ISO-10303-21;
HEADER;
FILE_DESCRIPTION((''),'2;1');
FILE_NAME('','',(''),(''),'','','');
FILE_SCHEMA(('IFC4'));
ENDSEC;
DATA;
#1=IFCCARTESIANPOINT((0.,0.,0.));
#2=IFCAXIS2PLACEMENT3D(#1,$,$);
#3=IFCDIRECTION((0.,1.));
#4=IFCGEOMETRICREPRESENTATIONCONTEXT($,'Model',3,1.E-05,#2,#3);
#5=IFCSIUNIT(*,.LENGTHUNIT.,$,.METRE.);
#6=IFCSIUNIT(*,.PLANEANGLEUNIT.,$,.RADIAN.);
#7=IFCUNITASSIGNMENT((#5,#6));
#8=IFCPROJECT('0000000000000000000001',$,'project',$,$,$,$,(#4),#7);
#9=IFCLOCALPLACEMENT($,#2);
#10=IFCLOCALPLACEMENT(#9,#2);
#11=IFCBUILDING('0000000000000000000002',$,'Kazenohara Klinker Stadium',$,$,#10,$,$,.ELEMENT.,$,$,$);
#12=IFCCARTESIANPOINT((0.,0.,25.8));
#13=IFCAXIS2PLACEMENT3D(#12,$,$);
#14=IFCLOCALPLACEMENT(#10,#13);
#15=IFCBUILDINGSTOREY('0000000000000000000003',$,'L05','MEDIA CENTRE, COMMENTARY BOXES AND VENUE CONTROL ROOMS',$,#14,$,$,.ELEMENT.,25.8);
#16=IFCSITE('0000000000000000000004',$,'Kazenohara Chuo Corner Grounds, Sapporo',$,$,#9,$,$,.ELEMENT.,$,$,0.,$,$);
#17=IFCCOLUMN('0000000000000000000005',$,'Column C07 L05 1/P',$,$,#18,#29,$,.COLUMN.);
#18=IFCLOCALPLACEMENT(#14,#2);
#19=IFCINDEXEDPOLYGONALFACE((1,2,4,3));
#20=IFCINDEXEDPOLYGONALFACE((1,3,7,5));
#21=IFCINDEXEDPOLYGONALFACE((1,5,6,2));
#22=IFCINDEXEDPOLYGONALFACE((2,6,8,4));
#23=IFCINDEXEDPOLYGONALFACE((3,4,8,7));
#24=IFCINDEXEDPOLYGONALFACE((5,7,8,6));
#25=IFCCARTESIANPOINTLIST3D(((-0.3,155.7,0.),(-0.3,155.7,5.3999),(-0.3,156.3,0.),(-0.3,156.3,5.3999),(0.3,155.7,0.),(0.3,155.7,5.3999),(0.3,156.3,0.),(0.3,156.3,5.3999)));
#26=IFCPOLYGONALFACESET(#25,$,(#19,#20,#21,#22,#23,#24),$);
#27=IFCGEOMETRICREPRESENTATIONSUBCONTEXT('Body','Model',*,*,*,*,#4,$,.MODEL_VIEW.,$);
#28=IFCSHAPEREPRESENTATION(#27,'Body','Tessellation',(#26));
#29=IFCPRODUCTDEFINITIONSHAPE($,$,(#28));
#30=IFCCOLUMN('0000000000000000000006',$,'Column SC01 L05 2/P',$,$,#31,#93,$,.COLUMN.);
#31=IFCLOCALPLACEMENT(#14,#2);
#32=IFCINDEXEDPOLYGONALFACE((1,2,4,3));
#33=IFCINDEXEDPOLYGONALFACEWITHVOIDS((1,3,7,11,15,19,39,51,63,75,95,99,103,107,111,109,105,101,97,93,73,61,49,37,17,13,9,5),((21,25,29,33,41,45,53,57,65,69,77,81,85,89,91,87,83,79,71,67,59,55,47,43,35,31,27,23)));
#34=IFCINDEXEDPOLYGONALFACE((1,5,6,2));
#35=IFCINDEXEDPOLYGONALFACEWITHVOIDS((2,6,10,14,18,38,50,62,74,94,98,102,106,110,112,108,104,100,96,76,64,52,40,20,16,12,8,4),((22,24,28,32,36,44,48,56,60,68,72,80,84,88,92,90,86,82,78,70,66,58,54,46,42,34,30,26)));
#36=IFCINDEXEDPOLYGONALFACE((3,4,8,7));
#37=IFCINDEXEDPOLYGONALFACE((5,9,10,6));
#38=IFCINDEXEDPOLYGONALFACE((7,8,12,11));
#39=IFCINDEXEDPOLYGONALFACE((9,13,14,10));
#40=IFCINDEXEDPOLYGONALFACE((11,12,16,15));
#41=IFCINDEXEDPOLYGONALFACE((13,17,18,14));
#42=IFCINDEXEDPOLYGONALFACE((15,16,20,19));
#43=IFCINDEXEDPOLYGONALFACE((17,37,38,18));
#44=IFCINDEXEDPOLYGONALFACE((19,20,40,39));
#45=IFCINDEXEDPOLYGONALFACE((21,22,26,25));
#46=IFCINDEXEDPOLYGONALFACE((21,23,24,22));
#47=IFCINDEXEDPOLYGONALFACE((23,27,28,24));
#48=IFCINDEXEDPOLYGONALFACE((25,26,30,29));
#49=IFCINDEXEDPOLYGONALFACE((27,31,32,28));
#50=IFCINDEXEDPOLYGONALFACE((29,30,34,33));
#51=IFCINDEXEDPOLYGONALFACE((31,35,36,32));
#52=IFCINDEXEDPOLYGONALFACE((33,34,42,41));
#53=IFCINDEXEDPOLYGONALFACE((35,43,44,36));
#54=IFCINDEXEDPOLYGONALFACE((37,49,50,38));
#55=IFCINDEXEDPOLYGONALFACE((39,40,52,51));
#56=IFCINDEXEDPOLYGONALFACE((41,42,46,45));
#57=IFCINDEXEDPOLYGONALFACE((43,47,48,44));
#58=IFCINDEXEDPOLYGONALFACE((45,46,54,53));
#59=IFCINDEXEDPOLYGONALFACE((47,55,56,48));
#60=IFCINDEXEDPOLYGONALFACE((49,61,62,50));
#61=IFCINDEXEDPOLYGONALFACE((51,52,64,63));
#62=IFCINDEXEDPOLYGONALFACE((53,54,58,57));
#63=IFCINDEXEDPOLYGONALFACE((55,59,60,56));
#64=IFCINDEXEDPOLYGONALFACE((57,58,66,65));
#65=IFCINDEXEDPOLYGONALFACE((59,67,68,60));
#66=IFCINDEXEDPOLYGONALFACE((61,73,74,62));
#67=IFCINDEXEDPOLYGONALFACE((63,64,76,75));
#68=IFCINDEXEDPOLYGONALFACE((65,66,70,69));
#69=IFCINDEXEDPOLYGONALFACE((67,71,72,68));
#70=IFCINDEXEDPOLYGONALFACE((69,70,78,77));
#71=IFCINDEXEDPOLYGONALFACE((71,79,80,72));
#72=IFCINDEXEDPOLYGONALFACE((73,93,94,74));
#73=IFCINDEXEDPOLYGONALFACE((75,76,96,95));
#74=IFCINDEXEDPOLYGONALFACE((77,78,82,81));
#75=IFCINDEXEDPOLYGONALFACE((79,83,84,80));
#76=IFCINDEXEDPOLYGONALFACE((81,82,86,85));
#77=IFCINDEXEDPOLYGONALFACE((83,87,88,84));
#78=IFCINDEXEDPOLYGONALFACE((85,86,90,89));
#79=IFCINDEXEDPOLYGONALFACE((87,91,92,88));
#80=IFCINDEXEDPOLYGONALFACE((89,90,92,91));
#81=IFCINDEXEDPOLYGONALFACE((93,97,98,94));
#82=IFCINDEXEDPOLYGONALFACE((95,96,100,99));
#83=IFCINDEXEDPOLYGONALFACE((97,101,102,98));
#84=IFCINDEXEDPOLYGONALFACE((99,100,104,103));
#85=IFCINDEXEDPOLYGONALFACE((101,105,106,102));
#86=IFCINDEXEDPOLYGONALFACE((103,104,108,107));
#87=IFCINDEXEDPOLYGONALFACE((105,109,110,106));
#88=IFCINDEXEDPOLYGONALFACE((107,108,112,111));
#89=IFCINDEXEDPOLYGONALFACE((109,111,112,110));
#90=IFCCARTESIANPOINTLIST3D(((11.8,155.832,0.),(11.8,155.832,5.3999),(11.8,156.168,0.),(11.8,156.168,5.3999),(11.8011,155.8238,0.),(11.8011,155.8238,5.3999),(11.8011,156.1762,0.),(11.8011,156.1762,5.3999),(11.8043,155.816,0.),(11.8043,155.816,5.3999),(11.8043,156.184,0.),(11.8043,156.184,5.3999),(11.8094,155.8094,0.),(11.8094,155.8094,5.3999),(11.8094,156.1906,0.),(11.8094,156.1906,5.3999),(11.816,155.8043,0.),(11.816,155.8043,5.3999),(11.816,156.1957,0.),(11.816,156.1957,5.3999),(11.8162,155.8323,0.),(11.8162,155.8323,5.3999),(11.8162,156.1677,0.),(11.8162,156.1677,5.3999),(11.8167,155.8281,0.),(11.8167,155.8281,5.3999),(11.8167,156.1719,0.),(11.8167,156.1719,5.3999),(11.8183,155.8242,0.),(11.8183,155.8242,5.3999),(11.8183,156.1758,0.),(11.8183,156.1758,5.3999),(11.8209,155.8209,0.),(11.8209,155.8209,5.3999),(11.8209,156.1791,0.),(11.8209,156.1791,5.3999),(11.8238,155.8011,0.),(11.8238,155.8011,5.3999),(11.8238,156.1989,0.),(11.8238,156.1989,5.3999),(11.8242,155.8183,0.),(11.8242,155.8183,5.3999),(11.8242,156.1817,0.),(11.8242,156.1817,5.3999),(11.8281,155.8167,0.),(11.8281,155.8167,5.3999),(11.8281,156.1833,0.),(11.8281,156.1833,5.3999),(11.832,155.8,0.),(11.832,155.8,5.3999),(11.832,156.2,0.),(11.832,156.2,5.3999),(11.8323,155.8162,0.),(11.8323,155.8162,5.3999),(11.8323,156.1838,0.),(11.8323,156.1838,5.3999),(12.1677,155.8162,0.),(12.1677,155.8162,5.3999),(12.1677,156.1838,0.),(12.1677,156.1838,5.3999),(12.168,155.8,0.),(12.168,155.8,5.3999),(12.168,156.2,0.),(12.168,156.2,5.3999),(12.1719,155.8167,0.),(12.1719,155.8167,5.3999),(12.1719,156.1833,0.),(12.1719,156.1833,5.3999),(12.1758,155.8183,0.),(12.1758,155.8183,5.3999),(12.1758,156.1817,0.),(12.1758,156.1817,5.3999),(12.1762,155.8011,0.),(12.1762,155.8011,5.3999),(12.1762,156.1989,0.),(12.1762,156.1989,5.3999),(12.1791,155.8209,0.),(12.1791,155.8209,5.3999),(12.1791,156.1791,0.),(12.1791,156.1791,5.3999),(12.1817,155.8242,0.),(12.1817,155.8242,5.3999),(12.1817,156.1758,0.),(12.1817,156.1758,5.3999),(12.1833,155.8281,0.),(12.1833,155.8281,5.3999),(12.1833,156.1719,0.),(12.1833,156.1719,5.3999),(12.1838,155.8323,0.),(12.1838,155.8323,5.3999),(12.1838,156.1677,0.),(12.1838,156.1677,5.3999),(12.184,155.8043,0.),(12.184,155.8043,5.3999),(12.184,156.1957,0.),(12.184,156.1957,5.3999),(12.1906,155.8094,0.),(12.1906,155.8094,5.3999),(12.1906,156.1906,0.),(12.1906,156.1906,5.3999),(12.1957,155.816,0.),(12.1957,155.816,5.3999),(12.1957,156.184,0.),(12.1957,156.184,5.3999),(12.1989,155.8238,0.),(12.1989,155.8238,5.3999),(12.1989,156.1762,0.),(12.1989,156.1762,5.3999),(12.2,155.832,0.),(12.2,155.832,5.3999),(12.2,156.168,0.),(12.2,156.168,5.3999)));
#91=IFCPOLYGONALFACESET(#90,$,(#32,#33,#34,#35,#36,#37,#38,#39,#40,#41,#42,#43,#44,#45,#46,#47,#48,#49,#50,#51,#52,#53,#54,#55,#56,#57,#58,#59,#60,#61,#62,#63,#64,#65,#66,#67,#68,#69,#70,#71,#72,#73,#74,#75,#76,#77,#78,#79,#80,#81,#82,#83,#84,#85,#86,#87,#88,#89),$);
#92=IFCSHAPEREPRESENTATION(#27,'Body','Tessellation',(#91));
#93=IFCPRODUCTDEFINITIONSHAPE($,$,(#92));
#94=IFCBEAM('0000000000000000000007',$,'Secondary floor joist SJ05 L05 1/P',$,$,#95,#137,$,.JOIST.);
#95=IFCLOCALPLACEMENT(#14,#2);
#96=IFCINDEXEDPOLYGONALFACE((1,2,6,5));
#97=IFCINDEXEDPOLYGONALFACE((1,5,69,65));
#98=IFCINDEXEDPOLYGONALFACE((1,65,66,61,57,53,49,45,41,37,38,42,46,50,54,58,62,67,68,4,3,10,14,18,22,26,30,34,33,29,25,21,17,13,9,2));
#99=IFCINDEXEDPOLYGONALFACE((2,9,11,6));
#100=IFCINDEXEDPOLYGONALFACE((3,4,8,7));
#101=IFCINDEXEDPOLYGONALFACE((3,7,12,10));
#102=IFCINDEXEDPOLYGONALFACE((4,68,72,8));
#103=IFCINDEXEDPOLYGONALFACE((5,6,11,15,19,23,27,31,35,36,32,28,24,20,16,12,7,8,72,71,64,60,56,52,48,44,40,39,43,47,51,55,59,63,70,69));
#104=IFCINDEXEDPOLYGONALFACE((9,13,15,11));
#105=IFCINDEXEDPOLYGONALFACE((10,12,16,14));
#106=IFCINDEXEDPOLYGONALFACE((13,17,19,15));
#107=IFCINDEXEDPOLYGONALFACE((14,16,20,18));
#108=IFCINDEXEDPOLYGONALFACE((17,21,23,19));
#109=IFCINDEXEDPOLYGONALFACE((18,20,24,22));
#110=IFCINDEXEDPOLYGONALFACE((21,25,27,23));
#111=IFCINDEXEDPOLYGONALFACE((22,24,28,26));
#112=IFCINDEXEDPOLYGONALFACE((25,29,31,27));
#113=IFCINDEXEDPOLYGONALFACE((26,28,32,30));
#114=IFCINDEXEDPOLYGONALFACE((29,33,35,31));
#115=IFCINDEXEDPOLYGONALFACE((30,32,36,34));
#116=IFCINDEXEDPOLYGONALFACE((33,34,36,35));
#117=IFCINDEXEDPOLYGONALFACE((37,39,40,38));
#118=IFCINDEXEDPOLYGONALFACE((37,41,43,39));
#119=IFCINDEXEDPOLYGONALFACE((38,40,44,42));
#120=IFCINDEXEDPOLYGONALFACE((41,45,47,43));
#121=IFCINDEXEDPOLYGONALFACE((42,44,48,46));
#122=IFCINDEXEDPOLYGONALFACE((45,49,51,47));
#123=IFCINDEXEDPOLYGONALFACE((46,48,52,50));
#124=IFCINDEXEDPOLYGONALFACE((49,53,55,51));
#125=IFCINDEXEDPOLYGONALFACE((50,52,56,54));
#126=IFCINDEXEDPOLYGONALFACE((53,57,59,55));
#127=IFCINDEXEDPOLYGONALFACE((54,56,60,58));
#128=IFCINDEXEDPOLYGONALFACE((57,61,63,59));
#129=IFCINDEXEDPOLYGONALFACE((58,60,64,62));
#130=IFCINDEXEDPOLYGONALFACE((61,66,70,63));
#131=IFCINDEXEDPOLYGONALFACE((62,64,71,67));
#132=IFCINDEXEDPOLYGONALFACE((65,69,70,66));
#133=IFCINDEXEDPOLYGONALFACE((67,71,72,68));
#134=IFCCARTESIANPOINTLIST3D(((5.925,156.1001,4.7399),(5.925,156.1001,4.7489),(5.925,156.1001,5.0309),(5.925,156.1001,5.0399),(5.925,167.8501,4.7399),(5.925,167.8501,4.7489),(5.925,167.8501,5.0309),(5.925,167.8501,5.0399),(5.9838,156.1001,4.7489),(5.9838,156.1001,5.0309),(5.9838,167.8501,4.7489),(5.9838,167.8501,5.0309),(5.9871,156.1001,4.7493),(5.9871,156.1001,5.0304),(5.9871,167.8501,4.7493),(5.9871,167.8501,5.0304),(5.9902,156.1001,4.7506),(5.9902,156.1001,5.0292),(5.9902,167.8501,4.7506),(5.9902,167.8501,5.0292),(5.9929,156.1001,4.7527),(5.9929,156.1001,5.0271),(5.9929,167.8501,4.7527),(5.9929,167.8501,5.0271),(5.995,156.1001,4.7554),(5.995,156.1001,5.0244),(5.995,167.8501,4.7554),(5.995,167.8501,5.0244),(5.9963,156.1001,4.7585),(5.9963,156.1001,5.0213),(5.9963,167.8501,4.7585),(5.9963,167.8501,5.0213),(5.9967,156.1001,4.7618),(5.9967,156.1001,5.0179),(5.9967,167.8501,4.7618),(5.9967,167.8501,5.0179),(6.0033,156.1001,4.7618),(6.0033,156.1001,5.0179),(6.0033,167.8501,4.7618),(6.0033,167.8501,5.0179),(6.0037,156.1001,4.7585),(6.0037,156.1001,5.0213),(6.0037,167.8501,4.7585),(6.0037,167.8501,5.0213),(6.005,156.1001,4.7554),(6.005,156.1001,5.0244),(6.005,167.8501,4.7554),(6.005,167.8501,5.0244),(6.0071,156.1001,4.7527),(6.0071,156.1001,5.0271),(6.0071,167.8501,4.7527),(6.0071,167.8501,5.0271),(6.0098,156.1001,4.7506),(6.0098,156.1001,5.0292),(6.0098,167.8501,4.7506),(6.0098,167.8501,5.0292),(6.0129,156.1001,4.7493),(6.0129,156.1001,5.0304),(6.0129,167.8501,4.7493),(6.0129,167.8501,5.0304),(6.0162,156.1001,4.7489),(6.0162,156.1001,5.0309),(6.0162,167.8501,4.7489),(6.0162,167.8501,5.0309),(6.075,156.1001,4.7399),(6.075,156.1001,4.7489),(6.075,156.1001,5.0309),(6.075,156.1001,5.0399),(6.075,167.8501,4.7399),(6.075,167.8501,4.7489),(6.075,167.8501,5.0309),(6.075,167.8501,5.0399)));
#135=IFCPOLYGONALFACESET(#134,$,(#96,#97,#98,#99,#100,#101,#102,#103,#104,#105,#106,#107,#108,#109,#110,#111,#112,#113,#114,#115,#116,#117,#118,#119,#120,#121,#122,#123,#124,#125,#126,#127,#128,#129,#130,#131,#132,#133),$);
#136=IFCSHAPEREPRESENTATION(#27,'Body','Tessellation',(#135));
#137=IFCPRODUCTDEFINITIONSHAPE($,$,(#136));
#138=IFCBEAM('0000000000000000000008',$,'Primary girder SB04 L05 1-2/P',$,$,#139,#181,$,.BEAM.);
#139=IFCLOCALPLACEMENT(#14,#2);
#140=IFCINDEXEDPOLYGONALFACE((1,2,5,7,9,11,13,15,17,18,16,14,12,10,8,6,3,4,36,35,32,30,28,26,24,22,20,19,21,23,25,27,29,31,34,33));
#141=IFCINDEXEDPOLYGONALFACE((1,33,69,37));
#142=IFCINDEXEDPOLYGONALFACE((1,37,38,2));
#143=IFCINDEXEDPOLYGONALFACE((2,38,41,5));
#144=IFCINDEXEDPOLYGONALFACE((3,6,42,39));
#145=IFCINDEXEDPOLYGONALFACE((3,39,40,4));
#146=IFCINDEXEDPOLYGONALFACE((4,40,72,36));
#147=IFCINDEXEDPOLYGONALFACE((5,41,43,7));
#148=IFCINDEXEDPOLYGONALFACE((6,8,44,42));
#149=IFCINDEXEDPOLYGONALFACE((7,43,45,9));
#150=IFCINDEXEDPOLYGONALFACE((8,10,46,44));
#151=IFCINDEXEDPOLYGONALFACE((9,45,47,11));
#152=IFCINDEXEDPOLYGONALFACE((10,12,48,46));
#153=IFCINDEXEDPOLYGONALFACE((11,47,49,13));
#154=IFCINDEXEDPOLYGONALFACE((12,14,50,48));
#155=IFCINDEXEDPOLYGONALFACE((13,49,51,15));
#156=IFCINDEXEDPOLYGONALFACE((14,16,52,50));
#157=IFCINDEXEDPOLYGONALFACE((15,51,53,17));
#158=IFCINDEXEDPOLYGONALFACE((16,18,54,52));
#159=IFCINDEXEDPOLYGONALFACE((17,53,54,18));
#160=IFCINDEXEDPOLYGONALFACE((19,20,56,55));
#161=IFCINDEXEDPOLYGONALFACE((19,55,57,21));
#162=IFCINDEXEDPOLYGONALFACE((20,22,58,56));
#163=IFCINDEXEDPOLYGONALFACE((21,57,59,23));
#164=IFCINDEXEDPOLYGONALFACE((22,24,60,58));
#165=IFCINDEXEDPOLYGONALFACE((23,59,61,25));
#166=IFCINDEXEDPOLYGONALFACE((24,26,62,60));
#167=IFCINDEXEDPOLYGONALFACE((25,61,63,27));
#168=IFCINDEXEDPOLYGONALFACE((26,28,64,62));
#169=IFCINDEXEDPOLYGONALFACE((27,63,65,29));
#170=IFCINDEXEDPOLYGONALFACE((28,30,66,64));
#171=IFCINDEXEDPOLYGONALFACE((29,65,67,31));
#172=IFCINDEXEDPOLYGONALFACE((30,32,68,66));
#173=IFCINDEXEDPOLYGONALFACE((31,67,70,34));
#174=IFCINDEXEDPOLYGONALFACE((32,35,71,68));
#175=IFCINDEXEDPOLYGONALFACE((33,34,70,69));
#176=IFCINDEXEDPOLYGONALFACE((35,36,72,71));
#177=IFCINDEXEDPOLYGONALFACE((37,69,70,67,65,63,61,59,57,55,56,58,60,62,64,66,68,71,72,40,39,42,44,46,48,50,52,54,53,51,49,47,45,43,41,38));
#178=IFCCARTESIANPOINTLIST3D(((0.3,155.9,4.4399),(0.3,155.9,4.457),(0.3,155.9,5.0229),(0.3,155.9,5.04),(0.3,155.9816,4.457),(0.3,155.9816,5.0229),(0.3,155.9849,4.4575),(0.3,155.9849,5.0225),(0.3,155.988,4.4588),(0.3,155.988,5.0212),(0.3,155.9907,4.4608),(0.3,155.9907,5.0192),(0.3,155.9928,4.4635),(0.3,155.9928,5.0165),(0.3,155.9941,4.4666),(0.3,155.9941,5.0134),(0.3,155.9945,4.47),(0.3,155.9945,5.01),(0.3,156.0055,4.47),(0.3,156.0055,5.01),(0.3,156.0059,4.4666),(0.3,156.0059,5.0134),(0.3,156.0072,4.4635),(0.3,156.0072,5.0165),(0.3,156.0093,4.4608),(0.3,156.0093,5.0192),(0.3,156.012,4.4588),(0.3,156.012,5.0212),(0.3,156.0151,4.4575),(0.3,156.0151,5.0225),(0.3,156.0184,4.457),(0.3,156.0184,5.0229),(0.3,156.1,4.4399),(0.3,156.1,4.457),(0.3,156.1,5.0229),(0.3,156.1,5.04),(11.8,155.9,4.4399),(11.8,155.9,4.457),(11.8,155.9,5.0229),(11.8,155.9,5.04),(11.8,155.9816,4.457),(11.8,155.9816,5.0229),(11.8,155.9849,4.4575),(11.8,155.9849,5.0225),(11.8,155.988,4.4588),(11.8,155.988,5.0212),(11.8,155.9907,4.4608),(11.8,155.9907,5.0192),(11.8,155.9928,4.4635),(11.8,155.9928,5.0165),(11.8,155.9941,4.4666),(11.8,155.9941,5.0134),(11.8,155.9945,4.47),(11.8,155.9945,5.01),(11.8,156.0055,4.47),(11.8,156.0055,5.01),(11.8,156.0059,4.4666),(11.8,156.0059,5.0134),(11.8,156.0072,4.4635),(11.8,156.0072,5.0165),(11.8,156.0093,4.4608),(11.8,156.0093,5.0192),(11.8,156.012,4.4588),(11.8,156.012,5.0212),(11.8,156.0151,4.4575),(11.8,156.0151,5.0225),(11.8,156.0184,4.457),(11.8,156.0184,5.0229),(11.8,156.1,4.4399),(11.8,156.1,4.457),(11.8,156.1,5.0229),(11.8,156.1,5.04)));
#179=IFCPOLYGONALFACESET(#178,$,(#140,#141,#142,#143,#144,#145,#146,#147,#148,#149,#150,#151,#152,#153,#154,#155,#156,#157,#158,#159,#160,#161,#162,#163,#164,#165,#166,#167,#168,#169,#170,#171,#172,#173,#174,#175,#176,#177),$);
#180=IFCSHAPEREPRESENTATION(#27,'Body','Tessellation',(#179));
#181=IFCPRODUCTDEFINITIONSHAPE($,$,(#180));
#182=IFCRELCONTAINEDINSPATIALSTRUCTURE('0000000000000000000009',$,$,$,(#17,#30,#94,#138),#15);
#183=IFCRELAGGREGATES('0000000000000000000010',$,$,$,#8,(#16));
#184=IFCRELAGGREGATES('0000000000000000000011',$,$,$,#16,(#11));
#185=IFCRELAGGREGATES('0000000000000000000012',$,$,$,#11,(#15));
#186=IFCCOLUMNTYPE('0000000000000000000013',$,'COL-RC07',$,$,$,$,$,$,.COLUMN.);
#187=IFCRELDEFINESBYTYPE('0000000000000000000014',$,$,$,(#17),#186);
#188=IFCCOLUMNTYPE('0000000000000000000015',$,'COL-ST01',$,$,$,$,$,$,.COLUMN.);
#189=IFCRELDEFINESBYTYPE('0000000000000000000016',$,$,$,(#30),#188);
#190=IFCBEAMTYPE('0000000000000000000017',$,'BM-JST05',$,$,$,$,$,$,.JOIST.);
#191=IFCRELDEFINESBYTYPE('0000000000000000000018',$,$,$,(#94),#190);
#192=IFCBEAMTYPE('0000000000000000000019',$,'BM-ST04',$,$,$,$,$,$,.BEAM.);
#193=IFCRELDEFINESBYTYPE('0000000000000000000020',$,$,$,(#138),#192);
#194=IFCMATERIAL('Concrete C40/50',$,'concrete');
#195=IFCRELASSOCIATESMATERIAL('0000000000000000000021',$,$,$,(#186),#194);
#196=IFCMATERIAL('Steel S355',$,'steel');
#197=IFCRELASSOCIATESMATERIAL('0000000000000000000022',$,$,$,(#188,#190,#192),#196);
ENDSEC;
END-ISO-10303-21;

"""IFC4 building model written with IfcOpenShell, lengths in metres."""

from ifc_helpers import new_model, si_unit, direction, frame, origin, origin_2d, place, context, subcontext, project, spatial, rectangle, hollow_rectangle, i_section, extrude, material, material_profile, profile_set, type_object, element, save


model = new_model("IFC4")

# Units and contexts
model_context = context("Model", 3, precision=1e-05, world=origin(), true_north=direction((0.0, 1.0)))
body_context = subcontext(model_context, "Body", "Model", "MODEL_VIEW")
ifc_project = project(units=[si_unit("LENGTHUNIT", "METRE"), si_unit("PLANEANGLEUNIT", "RADIAN")], contexts=[model_context])

# Site, building, storey
site_placement = place(None, origin())
site = spatial("IfcSite", under=ifc_project, at=site_placement, Name="Kazenohara Chuo Corner Grounds, Sapporo", CompositionType="ELEMENT", RefElevation=0.0)
building_placement = place(site_placement, origin())
building = spatial("IfcBuilding", under=site, at=building_placement, Name="Kazenohara Klinker Stadium", CompositionType="ELEMENT")
storey_placement = place(building_placement, frame((0.0, 0.0, 25.8)))
storey = spatial("IfcBuildingStorey", under=building, at=storey_placement, Name="L05", Description="MEDIA CENTRE, COMMENTARY BOXES AND VENUE CONTROL ROOMS", CompositionType="ELEMENT", Elevation=25.8)

# Columns
ifc_material_1 = material(Name="Concrete C40/50", Category="concrete")
ifc_material_profile_1 = material_profile(ifc_material_1, rectangle(XDim=0.6001, YDim=0.6001, at=origin_2d()), Name="RC-COL-600x600")
ifc_profile_set_1 = profile_set([ifc_material_profile_1], Name="Concrete C40/50")
column_type_1 = type_object("IfcColumnType", Name="COL-RC07", PredefinedType="COLUMN", material=ifc_profile_set_1)
column_1_placement = place(storey_placement, frame((0.0, 156.0, 0.0), z_axis=(0.0, 0.0, 1.0), x_axis=(1.0, 0.0, 0.0)))
element("IfcColumn", 1, at=column_1_placement, inside=storey, type_object=column_type_1, Name="Column C07 L05 1/P", PredefinedType="COLUMN", context=body_context, shape_type="SweptSolid", body=[
    extrude(rectangle(XDim=0.6001, YDim=0.6001, at=origin_2d()), origin(), (0.0, 0.0, 1.0), 5.3999),
])
ifc_material_2 = material(Name="Steel S355", Category="steel")
ifc_material_profile_2 = material_profile(ifc_material_2, hollow_rectangle(XDim=0.3999, YDim=0.3999, WallThickness=0.0161, InnerFilletRadius=0.0161, OuterFilletRadius=0.032, at=origin_2d()), Name="SHS-400x400x16")
ifc_profile_set_2 = profile_set([ifc_material_profile_2], Name="Steel S355")
column_type_2 = type_object("IfcColumnType", Name="COL-ST01", PredefinedType="COLUMN", material=ifc_profile_set_2)
column_2_placement = place(storey_placement, frame((12.0, 156.0, 0.0), z_axis=(0.0, 0.0, 1.0), x_axis=(1.0, 0.0, 0.0)))
element("IfcColumn", 2, at=column_2_placement, inside=storey, type_object=column_type_2, Name="Column SC01 L05 2/P", PredefinedType="COLUMN", context=body_context, shape_type="SweptSolid", body=[
    extrude(hollow_rectangle(XDim=0.3999, YDim=0.3999, WallThickness=0.0161, InnerFilletRadius=0.0161, OuterFilletRadius=0.032, at=origin_2d()), origin(), (0.0, 0.0, 1.0), 5.3999),
])

# Beams
ifc_material_profile_3 = material_profile(ifc_material_2, i_section(OverallWidth=0.1499, OverallDepth=0.3, WebThickness=0.0066, FlangeThickness=0.009, FilletRadius=0.0129, at=origin_2d()), Name="H-300x150x6.5x9")
ifc_profile_set_3 = profile_set([ifc_material_profile_3], Name="Steel S355")
beam_type_1 = type_object("IfcBeamType", Name="BM-JST05", PredefinedType="JOIST", material=ifc_profile_set_3)
beam_placement = place(storey_placement, frame((6.0, 156.1001, 4.8899), z_axis=(0.0, 1.0, 0.0), x_axis=(-1.0, 0.0, 0.0)))
element("IfcBeam", 3, at=beam_placement, inside=storey, type_object=beam_type_1, Name="Secondary floor joist SJ05 L05 1/P", PredefinedType="JOIST", context=body_context, shape_type="SweptSolid", body=[
    extrude(i_section(OverallWidth=0.1499, OverallDepth=0.3, WebThickness=0.0066, FlangeThickness=0.009, FilletRadius=0.0129, at=origin_2d()), origin(), (0.0, 0.0, 1.0), 11.75),
])
ifc_material_profile_4 = material_profile(ifc_material_2, i_section(OverallWidth=0.2, OverallDepth=0.6001, WebThickness=0.011, FlangeThickness=0.0171, FilletRadius=0.0129, at=origin_2d()), Name="H-600x200x11x17")
ifc_profile_set_4 = profile_set([ifc_material_profile_4], Name="Steel S355")
beam_type_2 = type_object("IfcBeamType", Name="BM-ST04", PredefinedType="BEAM", material=ifc_profile_set_4)
for number, where, z_axis, x_axis, name in (
    (4, (0.3, 156.0, 4.74), (1.0, 0.0, 0.0), (0.0, 1.0, 0.0), "Primary girder SB04 L05 1-2/P"),
):
    element("IfcBeam", number, at=place(storey_placement, frame(where, z_axis=z_axis, x_axis=x_axis)), inside=storey, type_object=beam_type_2, Name=name, PredefinedType="BEAM", context=body_context, shape_type="SweptSolid", body=[
        extrude(i_section(OverallWidth=0.2, OverallDepth=0.6001, WebThickness=0.011, FlangeThickness=0.0171, FilletRadius=0.0129, at=origin_2d()), origin(), (0.0, 0.0, 1.0), 11.5),
    ])

save(model, "model.ifc")
